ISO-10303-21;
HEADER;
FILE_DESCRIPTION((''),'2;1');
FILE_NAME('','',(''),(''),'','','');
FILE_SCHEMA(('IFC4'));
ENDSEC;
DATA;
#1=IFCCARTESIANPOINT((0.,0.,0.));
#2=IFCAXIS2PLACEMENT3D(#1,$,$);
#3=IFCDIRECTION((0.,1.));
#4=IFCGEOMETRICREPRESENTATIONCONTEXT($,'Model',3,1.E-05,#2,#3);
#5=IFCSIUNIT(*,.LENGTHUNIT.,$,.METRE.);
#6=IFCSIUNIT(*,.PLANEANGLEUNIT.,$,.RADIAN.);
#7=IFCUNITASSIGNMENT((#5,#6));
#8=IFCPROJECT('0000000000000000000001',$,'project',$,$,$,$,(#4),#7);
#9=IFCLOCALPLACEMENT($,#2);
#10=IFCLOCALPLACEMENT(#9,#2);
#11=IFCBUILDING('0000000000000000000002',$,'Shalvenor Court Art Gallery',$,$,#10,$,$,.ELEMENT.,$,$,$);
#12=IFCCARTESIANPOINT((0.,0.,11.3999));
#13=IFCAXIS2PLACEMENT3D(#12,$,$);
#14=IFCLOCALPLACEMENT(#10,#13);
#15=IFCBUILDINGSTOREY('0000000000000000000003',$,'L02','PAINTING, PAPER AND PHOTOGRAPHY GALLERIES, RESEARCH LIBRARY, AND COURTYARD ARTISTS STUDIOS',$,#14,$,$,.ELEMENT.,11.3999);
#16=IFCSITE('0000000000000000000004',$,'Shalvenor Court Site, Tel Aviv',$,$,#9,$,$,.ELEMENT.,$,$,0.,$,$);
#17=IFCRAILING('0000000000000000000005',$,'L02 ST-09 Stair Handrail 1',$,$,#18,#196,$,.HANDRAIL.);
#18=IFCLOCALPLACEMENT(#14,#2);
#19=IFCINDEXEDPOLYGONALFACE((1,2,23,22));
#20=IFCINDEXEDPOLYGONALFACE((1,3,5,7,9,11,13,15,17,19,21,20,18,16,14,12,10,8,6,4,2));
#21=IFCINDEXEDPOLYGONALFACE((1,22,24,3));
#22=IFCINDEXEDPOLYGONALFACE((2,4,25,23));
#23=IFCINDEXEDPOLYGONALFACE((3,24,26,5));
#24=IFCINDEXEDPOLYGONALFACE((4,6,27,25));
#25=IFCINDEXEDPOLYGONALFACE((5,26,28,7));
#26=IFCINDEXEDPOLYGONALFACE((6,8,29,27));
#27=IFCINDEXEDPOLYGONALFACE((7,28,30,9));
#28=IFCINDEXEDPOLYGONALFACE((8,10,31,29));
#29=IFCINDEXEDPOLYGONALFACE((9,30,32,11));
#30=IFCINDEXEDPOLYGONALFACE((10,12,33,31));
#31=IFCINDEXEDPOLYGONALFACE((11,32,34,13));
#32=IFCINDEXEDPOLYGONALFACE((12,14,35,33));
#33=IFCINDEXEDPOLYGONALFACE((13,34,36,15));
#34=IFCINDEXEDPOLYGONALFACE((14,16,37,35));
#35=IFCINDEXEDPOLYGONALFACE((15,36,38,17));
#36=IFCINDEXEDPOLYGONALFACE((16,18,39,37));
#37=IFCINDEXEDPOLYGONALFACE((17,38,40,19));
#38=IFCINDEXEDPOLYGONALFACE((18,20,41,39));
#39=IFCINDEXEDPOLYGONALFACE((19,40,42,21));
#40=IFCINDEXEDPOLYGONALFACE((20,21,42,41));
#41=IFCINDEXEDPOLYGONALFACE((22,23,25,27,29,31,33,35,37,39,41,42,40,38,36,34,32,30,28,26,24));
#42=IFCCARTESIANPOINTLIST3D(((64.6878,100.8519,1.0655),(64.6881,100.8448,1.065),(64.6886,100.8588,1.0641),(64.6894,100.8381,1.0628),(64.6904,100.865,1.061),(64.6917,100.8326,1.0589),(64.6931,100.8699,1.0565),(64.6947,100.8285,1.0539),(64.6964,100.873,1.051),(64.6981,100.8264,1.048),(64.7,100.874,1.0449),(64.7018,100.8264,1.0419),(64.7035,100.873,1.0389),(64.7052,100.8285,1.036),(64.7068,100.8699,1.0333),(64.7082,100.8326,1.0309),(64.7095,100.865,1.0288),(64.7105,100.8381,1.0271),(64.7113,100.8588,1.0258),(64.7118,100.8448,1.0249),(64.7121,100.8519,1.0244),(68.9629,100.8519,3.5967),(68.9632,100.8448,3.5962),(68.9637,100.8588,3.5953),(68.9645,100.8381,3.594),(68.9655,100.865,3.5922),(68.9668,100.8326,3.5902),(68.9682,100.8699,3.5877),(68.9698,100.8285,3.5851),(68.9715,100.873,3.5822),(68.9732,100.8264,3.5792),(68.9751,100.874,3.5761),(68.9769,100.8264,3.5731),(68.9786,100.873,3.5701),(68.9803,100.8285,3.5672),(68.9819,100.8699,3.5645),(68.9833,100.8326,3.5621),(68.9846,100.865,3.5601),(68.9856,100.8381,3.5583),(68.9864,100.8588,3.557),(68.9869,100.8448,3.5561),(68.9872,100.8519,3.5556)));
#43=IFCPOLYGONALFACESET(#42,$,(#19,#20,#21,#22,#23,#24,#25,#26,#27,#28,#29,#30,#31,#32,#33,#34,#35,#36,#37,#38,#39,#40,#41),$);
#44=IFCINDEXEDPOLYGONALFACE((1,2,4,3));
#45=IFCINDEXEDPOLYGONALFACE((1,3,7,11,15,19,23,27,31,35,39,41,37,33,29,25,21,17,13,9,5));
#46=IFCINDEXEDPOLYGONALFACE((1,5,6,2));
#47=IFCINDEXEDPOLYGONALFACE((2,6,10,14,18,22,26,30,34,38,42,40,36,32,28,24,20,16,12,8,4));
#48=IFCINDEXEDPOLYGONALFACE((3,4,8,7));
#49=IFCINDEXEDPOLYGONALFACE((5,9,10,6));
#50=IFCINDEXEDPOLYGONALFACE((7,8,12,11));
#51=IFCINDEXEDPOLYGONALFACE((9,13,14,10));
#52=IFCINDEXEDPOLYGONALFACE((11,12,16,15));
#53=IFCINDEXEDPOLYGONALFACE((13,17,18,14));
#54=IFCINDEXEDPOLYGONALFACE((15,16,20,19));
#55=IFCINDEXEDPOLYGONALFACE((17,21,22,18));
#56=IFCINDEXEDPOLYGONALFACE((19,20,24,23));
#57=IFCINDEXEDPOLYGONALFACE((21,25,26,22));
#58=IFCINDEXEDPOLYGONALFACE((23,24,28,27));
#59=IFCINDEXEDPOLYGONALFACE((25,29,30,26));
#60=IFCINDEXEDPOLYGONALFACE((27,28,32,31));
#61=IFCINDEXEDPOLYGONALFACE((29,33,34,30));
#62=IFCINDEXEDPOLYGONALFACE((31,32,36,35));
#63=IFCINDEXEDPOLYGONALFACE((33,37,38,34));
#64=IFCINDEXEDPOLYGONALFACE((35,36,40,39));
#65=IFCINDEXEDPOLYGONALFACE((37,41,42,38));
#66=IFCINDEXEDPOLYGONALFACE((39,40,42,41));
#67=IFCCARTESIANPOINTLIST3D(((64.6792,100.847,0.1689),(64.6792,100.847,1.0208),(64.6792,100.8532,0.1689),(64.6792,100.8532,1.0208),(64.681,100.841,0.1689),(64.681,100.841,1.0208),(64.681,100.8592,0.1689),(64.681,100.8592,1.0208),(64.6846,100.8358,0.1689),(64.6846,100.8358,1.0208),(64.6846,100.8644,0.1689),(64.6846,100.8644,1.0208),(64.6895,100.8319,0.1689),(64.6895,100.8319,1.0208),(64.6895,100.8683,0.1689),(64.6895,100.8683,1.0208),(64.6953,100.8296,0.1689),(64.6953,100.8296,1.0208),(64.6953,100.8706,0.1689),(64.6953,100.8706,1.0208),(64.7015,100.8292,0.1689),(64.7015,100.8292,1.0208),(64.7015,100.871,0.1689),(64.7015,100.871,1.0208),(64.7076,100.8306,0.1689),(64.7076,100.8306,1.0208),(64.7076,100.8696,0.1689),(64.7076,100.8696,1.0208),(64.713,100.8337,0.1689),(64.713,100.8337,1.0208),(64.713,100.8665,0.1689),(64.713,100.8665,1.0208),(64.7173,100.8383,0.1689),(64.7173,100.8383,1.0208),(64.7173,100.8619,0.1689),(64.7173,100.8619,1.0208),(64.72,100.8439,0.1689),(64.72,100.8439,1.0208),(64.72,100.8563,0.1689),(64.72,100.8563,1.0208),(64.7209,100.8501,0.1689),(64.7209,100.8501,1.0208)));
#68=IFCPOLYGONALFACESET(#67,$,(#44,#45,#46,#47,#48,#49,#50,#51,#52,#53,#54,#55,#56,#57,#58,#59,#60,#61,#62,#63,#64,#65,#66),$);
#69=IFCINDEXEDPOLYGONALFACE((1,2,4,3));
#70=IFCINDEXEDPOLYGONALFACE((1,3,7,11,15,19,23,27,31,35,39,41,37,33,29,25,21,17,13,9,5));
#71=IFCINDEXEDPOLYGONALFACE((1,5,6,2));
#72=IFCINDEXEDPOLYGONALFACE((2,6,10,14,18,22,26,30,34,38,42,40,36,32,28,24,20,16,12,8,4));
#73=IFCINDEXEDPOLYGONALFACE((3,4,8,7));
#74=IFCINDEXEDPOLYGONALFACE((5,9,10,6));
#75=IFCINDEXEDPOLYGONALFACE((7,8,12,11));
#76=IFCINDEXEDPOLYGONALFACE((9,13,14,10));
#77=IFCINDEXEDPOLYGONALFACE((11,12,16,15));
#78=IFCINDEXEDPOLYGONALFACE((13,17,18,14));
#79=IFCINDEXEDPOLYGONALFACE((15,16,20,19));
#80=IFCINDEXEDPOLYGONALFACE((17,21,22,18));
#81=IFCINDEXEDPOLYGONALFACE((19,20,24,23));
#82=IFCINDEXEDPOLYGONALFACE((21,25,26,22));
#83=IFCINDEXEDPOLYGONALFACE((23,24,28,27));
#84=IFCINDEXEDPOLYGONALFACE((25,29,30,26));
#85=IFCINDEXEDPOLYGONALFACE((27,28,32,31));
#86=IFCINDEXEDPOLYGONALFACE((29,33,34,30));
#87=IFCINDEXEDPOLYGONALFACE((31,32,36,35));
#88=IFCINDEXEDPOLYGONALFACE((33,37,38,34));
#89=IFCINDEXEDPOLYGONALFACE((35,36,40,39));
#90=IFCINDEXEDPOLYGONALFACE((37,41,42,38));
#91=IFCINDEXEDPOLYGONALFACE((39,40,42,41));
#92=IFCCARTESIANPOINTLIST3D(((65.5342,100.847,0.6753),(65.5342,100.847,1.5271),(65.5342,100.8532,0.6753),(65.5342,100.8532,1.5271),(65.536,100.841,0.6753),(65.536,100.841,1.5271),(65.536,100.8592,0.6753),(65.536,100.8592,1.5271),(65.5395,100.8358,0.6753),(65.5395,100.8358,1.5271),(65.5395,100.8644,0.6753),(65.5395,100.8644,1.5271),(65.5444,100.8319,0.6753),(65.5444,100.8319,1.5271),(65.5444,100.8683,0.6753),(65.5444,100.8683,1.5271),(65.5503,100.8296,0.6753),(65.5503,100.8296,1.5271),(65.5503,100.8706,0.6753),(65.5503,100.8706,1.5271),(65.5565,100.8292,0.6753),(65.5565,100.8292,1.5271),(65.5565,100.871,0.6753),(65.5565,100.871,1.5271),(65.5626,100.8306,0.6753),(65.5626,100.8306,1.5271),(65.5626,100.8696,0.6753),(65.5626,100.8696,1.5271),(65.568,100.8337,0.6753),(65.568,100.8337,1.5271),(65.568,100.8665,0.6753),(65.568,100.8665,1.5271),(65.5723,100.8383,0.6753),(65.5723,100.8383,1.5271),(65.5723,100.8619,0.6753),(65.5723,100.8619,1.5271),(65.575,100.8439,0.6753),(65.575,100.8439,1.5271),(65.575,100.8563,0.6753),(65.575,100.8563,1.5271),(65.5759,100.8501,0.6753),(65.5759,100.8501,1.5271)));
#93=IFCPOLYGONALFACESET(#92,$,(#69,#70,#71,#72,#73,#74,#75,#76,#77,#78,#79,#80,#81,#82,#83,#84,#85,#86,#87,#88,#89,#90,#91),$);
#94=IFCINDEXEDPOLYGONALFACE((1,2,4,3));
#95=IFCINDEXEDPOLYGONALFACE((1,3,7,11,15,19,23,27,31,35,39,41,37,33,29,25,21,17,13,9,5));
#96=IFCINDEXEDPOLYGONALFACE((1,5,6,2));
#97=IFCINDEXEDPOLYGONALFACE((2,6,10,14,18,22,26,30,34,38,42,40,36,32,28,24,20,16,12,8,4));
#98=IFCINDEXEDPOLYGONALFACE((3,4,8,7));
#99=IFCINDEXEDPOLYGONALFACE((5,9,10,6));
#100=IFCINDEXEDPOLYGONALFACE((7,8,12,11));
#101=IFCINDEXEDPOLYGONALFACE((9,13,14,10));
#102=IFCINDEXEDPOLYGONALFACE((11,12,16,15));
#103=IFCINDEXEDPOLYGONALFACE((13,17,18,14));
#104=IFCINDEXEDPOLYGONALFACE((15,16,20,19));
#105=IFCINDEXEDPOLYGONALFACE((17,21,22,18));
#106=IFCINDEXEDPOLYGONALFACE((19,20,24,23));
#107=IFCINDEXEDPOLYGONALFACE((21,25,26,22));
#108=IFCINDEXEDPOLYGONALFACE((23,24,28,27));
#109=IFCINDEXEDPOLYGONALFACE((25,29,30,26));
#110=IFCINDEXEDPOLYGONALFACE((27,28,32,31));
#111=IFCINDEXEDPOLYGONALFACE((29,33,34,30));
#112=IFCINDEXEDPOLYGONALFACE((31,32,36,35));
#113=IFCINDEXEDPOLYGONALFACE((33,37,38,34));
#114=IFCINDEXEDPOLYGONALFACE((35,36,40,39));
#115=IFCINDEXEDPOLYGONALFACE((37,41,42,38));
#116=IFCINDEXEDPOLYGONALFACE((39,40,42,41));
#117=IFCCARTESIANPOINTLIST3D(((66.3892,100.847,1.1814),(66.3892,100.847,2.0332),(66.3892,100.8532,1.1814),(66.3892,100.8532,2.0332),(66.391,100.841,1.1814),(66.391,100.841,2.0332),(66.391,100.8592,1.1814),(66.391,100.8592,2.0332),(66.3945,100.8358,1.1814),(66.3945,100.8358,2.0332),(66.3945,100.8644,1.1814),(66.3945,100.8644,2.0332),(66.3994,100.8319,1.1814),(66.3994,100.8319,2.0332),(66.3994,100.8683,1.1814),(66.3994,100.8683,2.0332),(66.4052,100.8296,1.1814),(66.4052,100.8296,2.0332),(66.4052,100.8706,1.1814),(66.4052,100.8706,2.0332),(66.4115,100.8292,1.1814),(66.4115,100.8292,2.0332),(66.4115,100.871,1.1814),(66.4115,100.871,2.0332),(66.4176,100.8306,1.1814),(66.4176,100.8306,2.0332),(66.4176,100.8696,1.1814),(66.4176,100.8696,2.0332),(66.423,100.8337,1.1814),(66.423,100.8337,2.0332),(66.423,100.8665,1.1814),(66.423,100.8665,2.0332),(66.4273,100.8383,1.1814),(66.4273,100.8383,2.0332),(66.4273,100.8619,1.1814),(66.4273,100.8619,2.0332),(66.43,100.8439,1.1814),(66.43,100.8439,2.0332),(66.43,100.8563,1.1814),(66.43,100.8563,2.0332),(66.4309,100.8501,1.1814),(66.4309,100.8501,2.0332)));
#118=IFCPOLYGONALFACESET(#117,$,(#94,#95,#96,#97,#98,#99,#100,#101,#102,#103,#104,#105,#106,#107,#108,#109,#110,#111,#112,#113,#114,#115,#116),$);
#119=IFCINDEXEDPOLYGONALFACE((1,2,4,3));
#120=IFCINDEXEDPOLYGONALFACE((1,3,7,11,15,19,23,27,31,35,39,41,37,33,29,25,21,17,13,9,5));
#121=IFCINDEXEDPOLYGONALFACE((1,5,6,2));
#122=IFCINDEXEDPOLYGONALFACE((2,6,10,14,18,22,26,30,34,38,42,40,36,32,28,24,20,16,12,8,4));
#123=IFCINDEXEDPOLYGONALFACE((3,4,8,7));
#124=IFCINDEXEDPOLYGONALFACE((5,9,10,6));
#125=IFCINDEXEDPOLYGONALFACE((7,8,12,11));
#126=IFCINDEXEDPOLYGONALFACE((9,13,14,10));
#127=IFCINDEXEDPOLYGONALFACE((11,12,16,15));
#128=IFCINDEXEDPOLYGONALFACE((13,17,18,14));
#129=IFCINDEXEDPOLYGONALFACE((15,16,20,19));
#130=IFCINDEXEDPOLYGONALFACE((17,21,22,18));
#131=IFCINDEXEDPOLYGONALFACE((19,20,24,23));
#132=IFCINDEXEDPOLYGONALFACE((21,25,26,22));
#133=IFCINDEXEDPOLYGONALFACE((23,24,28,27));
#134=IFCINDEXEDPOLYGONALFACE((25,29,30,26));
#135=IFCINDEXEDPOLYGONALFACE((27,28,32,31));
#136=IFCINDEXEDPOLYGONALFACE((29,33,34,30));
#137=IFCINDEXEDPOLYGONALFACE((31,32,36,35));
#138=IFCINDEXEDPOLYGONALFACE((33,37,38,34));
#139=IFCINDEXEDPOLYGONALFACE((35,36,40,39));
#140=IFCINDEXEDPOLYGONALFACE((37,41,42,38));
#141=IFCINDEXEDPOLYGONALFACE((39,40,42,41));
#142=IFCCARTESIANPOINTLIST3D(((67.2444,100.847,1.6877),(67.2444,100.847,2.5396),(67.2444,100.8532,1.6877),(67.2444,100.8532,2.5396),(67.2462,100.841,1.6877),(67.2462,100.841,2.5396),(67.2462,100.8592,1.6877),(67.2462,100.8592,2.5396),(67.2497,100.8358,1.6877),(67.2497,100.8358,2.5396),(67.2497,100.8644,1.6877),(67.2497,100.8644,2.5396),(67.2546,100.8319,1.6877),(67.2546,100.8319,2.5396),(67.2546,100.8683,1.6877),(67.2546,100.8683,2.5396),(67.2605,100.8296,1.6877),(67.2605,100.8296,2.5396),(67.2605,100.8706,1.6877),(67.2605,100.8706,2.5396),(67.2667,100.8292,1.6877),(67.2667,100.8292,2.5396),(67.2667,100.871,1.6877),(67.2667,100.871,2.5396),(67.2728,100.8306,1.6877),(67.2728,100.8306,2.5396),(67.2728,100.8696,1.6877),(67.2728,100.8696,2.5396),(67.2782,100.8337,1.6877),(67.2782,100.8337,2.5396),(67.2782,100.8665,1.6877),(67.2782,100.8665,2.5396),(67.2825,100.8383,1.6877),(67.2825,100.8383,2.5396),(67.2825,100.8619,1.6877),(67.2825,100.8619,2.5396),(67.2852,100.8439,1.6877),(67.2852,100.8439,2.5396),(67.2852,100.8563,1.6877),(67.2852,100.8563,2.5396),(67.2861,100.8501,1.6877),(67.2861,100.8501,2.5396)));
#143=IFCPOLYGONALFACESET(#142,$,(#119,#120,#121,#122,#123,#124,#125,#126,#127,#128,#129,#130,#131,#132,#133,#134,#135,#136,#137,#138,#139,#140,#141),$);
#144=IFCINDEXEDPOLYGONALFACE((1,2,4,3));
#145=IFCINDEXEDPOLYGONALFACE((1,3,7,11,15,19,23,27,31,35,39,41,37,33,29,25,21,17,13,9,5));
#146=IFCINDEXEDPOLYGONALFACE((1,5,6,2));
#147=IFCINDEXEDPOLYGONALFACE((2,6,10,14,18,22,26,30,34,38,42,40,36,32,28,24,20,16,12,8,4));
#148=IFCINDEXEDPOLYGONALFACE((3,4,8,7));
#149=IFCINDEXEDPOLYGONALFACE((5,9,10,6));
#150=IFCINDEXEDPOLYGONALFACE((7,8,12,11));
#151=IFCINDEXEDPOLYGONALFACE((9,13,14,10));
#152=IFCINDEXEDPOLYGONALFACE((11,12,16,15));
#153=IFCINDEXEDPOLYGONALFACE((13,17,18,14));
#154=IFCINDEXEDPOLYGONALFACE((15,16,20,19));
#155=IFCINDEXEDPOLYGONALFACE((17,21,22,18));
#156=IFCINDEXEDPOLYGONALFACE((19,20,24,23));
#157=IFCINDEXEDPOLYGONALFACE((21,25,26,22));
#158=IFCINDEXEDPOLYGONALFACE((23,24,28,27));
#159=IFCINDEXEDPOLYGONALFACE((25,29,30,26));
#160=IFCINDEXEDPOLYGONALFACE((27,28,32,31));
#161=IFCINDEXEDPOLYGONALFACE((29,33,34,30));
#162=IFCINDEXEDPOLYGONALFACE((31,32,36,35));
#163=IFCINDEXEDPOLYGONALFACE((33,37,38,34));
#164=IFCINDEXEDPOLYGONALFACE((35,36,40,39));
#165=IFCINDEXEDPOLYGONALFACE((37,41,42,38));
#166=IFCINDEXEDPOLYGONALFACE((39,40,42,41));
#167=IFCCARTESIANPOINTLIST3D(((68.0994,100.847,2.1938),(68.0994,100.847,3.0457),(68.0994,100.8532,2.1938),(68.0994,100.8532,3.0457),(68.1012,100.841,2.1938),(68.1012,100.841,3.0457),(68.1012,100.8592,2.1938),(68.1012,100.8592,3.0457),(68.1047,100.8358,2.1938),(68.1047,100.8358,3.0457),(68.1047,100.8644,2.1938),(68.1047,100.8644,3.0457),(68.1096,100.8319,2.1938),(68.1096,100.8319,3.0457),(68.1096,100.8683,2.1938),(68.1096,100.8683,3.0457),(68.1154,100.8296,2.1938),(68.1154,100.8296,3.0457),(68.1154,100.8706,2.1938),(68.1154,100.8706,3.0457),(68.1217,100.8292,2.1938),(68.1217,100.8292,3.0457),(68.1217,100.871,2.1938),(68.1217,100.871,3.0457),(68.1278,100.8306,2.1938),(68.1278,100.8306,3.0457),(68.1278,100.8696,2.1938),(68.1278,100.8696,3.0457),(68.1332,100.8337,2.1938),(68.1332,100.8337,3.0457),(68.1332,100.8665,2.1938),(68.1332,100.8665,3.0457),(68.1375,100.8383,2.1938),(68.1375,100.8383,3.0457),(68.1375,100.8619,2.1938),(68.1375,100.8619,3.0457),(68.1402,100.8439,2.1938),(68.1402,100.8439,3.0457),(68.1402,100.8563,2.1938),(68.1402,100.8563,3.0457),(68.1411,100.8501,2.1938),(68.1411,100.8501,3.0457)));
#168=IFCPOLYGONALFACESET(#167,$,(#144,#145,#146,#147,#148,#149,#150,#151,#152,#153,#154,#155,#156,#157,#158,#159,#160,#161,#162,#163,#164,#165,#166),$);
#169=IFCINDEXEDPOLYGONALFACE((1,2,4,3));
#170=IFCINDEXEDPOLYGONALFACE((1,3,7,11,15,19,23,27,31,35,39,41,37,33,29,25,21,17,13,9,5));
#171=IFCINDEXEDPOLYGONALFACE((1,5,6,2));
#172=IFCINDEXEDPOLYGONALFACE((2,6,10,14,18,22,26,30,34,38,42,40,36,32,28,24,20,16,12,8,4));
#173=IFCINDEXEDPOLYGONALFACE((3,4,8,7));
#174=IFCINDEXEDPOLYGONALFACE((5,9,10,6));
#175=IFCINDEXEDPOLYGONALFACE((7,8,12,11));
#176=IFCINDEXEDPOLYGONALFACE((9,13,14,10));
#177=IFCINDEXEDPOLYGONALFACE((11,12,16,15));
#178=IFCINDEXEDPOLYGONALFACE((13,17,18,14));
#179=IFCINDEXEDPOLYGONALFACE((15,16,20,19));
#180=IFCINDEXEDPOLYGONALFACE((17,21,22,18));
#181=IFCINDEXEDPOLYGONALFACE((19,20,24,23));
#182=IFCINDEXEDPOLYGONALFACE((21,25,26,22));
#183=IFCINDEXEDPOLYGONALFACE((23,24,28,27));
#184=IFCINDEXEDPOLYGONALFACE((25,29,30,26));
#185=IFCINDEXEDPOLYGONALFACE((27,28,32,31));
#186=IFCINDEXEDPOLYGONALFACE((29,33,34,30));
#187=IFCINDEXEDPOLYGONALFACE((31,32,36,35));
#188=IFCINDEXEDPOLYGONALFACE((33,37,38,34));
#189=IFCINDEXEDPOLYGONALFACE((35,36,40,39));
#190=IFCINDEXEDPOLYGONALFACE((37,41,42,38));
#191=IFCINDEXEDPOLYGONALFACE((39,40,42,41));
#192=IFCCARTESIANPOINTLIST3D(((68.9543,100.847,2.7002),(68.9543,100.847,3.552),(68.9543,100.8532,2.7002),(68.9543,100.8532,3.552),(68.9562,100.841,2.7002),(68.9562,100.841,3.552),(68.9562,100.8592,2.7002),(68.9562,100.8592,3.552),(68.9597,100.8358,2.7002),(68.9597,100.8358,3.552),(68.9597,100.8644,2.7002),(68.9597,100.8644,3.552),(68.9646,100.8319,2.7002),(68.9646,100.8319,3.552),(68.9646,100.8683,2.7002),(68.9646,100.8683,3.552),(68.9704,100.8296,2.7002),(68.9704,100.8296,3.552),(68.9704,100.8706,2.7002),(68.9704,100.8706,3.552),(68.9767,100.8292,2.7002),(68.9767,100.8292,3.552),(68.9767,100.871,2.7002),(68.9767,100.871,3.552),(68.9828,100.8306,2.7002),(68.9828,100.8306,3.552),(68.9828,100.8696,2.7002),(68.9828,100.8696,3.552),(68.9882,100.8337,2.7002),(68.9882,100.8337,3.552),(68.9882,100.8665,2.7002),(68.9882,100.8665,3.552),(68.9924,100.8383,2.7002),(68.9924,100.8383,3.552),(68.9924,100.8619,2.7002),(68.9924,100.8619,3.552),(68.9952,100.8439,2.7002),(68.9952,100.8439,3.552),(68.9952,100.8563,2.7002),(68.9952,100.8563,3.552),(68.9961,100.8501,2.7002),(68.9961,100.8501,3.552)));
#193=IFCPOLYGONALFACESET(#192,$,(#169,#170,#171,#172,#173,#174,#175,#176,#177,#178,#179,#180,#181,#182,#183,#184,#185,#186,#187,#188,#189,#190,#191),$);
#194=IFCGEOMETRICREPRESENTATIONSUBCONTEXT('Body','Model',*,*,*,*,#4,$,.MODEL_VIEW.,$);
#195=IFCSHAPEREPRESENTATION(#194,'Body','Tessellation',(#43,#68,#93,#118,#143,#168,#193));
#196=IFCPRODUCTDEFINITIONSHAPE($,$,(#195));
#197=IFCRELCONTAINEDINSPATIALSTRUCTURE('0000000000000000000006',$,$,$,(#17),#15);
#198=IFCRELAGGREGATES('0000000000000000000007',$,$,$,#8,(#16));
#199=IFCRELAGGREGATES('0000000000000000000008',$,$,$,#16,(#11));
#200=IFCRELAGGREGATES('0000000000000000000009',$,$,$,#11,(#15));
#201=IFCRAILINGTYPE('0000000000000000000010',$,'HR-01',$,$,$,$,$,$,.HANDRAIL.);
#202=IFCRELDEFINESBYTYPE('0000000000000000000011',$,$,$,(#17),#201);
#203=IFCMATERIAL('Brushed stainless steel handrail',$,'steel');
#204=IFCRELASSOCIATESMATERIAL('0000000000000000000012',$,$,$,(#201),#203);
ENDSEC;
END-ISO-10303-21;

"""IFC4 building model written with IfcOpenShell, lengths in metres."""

from ifc_helpers import new_model, si_unit, direction, frame, origin, origin_2d, place, context, subcontext, project, spatial, circle, extrude, material, type_object, element, save


model = new_model("IFC4")

# Units and contexts
model_context = context("Model", 3, precision=1e-05, world=origin(), true_north=direction((0.0, 1.0)))
body_context = subcontext(model_context, "Body", "Model", "MODEL_VIEW")
ifc_project = project(units=[si_unit("LENGTHUNIT", "METRE"), si_unit("PLANEANGLEUNIT", "RADIAN")], contexts=[model_context])

# Site, building, storey
site_placement = place(None, origin())
site = spatial("IfcSite", under=ifc_project, at=site_placement, Name="Shalvenor Court Site, Tel Aviv", CompositionType="ELEMENT", RefElevation=0.0)
building_placement = place(site_placement, origin())
building = spatial("IfcBuilding", under=site, at=building_placement, Name="Shalvenor Court Art Gallery", CompositionType="ELEMENT")
storey_placement = place(building_placement, frame((0.0, 0.0, 11.3999)))
storey = spatial("IfcBuildingStorey", under=building, at=storey_placement, Name="L02", Description="PAINTING, PAPER AND PHOTOGRAPHY GALLERIES, RESEARCH LIBRARY, AND COURTYARD ARTISTS STUDIOS", CompositionType="ELEMENT", Elevation=11.3999)

# Railing
ifc_material_1 = material(Name="Brushed stainless steel handrail", Category="steel")
railing_type_1 = type_object("IfcRailingType", Name="HR-01", PredefinedType="HANDRAIL", material=ifc_material_1)
railing_1_placement = place(storey_placement, frame((64.7, 100.8501, 0.1689)))
element("IfcRailing", 1, at=railing_1_placement, inside=storey, type_object=railing_type_1, Name="L02 ST-09 Stair Handrail 1", PredefinedType="HANDRAIL", context=body_context, shape_type="SweptSolid", body=[
    extrude(circle(Radius=0.0239, at=origin_2d()), frame((0.0, 0.0, 0.876), z_axis=(0.860483, 0.0, 0.509479), x_axis=(0.0, 1.0, 0.0)), (0.0, 0.0, 1.0), 4.9683),
    extrude(circle(Radius=0.021, at=origin_2d()), origin(), (0.0, 0.0, 1.0), 0.8518),
    extrude(circle(Radius=0.021, at=origin_2d()), frame((0.855, 0.0, 0.5063)), (0.0, 0.0, 1.0), 0.8518),
    extrude(circle(Radius=0.021, at=origin_2d()), frame((1.71, 0.0, 1.0125)), (0.0, 0.0, 1.0), 0.8518),
    extrude(circle(Radius=0.021, at=origin_2d()), frame((2.5652, 0.0, 1.5188)), (0.0, 0.0, 1.0), 0.8518),
    extrude(circle(Radius=0.021, at=origin_2d()), frame((3.4202, 0.0, 2.0249)), (0.0, 0.0, 1.0), 0.8518),
    extrude(circle(Radius=0.021, at=origin_2d()), frame((4.2751, 0.0, 2.5312)), (0.0, 0.0, 1.0), 0.8518),
])

save(model, "model.ifc")
